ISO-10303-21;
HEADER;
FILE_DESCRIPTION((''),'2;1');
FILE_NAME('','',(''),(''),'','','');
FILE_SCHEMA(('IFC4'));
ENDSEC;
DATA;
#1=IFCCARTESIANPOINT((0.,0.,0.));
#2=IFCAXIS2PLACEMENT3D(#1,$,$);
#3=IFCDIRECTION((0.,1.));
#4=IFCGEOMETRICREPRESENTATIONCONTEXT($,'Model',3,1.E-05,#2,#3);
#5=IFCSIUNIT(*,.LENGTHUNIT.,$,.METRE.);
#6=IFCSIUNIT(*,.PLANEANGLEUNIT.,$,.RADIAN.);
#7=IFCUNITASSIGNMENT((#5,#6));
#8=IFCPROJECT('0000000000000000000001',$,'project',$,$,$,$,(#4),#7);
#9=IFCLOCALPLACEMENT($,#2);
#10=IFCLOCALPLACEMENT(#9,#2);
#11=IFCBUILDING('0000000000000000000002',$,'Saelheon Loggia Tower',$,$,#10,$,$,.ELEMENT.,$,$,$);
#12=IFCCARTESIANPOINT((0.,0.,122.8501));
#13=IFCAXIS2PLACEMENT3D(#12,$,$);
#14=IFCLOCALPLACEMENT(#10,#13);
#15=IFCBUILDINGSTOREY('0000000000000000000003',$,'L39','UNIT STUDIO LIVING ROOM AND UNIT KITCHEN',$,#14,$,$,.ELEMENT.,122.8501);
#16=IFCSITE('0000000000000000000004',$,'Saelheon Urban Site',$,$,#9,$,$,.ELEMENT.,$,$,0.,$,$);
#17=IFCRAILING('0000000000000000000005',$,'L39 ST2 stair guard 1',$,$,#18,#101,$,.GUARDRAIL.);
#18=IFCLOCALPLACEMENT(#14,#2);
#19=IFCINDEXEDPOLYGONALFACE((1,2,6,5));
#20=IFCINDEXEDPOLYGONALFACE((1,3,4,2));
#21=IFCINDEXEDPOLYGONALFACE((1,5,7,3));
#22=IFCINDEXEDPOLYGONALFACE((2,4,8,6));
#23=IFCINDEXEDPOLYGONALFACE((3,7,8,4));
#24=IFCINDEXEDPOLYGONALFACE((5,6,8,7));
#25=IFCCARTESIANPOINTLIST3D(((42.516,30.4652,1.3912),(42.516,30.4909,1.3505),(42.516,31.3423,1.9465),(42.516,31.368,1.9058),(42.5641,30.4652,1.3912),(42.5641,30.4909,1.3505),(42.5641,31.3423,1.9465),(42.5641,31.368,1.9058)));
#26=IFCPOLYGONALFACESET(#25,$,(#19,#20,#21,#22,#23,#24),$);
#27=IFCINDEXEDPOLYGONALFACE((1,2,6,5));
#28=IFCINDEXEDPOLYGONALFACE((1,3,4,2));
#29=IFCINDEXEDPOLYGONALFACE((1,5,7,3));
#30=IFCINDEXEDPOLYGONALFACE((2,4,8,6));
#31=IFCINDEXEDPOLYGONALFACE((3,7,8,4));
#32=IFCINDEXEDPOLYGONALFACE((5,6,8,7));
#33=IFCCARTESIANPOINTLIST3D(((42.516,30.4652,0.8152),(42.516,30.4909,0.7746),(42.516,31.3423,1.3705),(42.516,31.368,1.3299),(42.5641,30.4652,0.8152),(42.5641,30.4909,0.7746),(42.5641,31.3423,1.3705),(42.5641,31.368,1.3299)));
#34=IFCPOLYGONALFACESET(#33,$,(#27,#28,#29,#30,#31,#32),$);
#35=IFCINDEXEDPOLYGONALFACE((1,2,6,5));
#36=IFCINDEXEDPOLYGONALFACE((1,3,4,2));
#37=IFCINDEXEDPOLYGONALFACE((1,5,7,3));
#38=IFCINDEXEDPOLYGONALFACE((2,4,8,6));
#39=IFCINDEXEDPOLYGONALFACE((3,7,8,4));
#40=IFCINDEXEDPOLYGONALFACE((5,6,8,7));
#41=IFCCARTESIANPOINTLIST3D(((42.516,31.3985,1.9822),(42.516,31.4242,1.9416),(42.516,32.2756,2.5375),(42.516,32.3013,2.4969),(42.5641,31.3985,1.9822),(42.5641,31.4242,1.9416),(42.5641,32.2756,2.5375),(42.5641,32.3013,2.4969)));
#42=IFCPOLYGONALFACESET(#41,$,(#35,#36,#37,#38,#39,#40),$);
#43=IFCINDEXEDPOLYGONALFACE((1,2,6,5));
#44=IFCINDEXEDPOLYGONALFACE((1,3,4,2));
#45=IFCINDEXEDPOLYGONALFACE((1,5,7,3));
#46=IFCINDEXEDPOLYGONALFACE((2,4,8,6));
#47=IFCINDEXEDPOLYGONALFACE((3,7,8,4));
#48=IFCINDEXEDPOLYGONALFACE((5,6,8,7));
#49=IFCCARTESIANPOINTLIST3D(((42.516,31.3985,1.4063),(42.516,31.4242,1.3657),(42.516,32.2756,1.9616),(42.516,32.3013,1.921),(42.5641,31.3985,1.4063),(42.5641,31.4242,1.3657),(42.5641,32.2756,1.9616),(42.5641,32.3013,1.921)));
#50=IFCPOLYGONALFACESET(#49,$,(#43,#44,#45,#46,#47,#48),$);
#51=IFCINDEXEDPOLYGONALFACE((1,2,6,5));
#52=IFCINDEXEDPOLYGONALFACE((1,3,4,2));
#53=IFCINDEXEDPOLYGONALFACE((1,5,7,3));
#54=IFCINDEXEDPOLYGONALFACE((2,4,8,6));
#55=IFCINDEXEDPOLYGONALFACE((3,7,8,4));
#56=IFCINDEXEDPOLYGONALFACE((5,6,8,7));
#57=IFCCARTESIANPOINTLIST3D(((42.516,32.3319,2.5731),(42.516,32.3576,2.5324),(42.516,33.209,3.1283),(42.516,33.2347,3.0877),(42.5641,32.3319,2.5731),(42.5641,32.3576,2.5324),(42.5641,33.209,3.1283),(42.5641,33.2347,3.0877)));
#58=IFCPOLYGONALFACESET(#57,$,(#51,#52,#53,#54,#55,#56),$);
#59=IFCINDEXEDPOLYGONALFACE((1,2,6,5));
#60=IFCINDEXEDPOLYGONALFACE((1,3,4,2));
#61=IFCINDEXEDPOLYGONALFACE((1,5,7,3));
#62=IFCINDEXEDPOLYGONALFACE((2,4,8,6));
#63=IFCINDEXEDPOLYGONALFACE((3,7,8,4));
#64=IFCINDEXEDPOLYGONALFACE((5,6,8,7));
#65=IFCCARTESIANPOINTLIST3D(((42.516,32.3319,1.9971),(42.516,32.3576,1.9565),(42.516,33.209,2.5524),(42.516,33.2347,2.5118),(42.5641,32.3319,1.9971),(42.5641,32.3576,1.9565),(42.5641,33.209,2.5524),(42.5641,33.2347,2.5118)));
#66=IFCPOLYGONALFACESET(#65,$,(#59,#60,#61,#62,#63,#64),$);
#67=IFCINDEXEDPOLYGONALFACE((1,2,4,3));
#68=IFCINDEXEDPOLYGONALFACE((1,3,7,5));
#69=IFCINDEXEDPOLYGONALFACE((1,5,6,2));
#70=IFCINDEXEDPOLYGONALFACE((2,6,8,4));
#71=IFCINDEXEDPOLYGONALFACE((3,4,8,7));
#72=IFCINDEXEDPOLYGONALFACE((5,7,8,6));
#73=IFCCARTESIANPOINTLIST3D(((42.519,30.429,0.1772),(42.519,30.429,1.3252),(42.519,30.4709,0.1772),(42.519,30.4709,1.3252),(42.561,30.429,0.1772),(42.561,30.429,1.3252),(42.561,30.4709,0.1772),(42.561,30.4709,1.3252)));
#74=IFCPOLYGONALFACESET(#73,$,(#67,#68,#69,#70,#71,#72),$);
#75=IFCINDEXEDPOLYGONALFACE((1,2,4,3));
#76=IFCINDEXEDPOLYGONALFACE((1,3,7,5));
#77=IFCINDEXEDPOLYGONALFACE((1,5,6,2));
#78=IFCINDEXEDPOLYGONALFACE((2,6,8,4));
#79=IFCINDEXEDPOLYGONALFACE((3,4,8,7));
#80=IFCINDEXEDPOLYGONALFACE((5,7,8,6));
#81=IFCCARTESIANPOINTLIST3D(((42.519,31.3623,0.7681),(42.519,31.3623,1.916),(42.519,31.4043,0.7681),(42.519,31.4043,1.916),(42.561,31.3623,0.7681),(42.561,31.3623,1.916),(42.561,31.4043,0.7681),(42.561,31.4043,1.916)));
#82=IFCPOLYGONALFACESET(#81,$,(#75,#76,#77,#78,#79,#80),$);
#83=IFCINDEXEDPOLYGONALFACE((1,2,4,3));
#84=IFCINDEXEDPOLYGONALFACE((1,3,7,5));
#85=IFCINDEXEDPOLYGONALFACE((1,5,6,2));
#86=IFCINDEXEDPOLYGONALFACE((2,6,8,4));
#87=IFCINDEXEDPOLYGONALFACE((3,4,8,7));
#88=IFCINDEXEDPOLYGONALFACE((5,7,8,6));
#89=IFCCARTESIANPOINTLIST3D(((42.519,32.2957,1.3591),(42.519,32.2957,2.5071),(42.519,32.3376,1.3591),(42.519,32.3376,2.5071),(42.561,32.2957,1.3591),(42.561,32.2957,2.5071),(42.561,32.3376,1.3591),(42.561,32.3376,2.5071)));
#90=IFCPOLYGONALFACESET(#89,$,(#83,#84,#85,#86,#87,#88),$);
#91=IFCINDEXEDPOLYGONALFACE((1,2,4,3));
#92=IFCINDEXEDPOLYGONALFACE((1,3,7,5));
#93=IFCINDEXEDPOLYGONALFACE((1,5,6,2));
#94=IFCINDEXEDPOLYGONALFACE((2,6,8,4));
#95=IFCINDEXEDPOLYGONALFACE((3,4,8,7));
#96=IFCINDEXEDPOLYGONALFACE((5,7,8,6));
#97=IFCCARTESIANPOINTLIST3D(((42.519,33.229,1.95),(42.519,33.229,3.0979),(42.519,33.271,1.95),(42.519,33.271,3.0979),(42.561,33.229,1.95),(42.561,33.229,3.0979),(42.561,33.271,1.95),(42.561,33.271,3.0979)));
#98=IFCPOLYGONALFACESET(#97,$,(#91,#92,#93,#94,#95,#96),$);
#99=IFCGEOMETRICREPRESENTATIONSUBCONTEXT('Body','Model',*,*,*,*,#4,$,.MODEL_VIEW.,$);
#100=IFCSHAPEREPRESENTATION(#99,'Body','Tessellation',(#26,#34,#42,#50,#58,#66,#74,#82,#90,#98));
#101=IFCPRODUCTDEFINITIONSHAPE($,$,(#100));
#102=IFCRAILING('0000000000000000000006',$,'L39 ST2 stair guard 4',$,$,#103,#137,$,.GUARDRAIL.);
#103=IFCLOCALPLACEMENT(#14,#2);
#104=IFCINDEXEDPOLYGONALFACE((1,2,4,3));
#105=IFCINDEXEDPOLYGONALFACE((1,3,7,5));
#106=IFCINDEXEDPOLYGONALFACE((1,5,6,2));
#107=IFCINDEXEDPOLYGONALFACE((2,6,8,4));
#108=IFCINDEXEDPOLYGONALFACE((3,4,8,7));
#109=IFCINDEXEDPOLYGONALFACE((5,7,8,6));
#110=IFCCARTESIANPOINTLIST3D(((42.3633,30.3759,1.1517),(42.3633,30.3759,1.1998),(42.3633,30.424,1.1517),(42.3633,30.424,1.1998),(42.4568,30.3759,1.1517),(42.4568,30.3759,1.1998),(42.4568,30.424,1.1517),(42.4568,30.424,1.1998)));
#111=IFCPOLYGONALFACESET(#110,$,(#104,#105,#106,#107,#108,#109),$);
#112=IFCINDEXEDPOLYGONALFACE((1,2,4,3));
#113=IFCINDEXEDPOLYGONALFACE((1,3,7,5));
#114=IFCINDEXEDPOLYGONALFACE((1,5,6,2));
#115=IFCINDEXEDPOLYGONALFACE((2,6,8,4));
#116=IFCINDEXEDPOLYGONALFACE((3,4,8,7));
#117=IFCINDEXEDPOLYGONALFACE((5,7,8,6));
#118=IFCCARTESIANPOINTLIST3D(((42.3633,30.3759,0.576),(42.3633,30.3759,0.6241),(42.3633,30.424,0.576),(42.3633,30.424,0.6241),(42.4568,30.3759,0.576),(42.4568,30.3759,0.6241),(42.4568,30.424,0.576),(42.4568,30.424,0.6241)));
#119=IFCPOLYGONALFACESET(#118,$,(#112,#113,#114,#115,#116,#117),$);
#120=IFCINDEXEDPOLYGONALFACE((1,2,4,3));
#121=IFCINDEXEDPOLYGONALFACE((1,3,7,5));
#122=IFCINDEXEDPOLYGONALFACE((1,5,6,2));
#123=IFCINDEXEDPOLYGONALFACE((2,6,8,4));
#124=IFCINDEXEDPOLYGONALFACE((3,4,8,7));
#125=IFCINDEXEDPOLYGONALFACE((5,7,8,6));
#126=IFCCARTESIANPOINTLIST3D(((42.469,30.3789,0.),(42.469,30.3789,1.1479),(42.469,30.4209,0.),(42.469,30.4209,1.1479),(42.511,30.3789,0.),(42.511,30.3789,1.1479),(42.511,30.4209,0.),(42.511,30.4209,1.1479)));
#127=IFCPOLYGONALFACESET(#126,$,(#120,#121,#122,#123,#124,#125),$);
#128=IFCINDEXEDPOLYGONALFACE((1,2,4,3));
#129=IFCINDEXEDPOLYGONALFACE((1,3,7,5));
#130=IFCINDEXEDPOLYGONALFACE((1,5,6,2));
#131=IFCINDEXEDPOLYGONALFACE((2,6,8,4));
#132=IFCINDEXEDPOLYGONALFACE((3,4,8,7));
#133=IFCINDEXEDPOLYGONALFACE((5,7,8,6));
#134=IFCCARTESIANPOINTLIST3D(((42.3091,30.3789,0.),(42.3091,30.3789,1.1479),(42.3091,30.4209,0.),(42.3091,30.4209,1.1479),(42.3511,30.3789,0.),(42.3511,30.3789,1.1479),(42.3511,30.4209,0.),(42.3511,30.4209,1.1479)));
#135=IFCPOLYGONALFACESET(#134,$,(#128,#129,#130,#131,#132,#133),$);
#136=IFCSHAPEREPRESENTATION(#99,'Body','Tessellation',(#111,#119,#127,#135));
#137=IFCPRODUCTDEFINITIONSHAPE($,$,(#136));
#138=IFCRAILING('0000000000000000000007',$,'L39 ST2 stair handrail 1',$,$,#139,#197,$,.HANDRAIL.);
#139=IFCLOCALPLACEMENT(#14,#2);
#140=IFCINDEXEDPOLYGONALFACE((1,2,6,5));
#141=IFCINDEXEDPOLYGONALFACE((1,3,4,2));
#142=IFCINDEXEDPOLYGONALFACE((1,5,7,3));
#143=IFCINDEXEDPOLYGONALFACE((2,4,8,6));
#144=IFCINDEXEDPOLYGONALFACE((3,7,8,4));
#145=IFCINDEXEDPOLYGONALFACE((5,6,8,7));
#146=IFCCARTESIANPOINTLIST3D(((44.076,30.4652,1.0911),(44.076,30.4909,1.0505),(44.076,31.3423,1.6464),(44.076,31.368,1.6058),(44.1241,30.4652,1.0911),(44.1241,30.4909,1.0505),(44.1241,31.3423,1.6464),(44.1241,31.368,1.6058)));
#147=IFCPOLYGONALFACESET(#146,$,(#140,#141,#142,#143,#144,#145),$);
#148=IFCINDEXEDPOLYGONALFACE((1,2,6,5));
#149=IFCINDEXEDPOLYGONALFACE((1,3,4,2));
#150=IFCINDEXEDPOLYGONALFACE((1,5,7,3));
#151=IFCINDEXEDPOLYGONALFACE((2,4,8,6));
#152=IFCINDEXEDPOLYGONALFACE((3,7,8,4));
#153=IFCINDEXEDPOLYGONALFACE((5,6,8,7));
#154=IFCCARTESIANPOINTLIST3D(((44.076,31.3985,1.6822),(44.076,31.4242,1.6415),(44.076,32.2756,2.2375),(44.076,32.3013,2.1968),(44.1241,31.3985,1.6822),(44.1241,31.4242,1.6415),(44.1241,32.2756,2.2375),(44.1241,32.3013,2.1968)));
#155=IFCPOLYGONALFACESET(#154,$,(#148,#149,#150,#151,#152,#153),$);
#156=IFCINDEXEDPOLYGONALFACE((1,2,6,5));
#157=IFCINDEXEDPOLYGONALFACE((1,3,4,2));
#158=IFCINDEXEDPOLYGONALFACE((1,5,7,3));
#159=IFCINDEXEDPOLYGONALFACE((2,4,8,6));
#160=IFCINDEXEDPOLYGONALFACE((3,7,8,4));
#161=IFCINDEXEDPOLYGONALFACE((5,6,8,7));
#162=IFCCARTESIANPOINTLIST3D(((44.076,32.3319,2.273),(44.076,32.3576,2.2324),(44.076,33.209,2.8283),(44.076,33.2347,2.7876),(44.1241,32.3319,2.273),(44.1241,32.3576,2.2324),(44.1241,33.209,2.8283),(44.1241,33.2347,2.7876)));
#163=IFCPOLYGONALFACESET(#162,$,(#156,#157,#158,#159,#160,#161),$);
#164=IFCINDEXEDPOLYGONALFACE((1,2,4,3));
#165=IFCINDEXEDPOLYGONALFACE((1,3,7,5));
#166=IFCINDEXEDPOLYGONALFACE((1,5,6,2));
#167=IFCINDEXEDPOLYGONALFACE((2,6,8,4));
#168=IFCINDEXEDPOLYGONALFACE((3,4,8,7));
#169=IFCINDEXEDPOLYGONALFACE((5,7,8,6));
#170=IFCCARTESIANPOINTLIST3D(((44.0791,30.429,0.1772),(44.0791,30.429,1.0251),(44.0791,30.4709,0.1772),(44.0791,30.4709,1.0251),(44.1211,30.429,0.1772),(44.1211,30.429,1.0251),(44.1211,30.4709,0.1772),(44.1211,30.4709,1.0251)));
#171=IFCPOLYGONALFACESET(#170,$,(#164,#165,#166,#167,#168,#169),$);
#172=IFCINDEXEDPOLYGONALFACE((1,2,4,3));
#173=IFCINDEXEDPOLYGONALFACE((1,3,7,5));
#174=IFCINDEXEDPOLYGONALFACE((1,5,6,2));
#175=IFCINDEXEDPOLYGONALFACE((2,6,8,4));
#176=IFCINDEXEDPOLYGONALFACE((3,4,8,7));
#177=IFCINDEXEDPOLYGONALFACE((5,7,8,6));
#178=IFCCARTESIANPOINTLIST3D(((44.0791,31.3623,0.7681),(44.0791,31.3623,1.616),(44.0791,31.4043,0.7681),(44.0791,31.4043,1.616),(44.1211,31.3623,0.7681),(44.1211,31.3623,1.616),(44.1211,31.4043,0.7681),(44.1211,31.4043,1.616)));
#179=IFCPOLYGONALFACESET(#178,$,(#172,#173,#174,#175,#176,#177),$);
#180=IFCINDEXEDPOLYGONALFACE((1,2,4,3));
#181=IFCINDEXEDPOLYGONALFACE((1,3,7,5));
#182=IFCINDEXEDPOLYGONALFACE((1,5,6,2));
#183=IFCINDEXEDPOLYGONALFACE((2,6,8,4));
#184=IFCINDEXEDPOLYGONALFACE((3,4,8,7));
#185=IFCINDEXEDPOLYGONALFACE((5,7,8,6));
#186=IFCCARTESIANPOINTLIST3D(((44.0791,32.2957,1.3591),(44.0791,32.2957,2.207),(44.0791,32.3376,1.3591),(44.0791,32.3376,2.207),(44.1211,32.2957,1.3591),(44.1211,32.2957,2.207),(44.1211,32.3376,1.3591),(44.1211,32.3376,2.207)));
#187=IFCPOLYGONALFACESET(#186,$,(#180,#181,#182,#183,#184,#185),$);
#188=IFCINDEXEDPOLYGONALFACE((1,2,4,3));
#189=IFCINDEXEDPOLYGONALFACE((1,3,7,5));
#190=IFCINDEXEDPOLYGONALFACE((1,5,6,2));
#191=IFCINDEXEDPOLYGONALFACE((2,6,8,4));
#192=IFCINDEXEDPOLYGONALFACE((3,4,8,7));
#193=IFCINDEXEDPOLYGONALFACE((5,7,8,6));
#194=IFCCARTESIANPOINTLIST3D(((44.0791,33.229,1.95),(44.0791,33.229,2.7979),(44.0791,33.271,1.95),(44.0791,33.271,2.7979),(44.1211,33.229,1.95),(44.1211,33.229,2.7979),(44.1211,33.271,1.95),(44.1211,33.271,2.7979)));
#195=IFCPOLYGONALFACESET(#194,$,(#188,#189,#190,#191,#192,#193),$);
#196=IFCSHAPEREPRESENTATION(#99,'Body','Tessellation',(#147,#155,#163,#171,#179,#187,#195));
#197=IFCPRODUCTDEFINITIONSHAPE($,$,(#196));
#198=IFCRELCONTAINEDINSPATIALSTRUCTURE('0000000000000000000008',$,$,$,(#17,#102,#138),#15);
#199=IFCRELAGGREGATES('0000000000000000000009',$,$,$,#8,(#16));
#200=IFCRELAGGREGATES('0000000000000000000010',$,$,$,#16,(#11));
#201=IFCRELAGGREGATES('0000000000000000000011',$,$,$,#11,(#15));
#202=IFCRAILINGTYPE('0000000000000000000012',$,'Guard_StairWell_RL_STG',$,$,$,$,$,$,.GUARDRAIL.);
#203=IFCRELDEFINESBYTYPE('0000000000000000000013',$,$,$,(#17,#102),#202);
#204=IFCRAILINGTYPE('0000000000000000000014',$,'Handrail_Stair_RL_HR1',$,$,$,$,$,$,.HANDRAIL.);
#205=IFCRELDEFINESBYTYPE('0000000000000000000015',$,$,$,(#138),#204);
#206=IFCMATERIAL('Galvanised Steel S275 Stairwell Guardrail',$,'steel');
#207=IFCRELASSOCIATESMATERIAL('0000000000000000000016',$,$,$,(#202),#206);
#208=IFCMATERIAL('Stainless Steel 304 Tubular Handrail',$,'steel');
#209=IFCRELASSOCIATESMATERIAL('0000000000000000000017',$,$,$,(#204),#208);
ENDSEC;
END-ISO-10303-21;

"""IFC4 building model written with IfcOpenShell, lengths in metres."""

from ifc_helpers import new_model, si_unit, direction, frame, origin, origin_2d, place, context, subcontext, project, spatial, rectangle, extrude, material, type_object, element, save


model = new_model("IFC4")

# Units and contexts
model_context = context("Model", 3, precision=1e-05, world=origin(), true_north=direction((0.0, 1.0)))
body_context = subcontext(model_context, "Body", "Model", "MODEL_VIEW")
ifc_project = project(units=[si_unit("LENGTHUNIT", "METRE"), si_unit("PLANEANGLEUNIT", "RADIAN")], contexts=[model_context])

# Site, building, storey
site_placement = place(None, origin())
site = spatial("IfcSite", under=ifc_project, at=site_placement, Name="Saelheon Urban Site", CompositionType="ELEMENT", RefElevation=0.0)
building_placement = place(site_placement, origin())
building = spatial("IfcBuilding", under=site, at=building_placement, Name="Saelheon Loggia Tower", CompositionType="ELEMENT")
storey_placement = place(building_placement, frame((0.0, 0.0, 122.8501)))
storey = spatial("IfcBuildingStorey", under=building, at=storey_placement, Name="L39", Description="UNIT STUDIO LIVING ROOM AND UNIT KITCHEN", CompositionType="ELEMENT", Elevation=122.8501)

# Railings
ifc_material_1 = material(Name="Galvanised Steel S275 Stairwell Guardrail", Category="steel")
railing_type_1 = type_object("IfcRailingType", Name="Guard_StairWell_RL_STG", PredefinedType="GUARDRAIL", material=ifc_material_1)
railing_1_placement = place(storey_placement, frame((42.54, 30.45, 0.1772)))
element("IfcRailing", 1, at=railing_1_placement, inside=storey, type_object=railing_type_1, Name="L39 ST2 stair guard 1", PredefinedType="GUARDRAIL", context=body_context, shape_type="SweptSolid", body=[
    extrude(rectangle(XDim=0.0481, YDim=0.0481, at=origin_2d()), frame((0.0, 0.0281, 1.1936), z_axis=(0.0, 0.844909, 0.53491), x_axis=(-1.0, 0.0, 0.0)), (0.0, 0.0, 1.0), 1.0381),
    extrude(rectangle(XDim=0.0481, YDim=0.0481, at=origin_2d()), frame((0.0, 0.0281, 0.6177), z_axis=(0.0, 0.844909, 0.53491), x_axis=(-1.0, 0.0, 0.0)), (0.0, 0.0, 1.0), 1.0381),
    extrude(rectangle(XDim=0.0481, YDim=0.0481, at=origin_2d()), frame((0.0, 0.9614, 1.7847), z_axis=(0.0, 0.844909, 0.53491), x_axis=(-1.0, 0.0, 0.0)), (0.0, 0.0, 1.0), 1.0381),
    extrude(rectangle(XDim=0.0481, YDim=0.0481, at=origin_2d()), frame((0.0, 0.9614, 1.2087), z_axis=(0.0, 0.844909, 0.53491), x_axis=(-1.0, 0.0, 0.0)), (0.0, 0.0, 1.0), 1.0381),
    extrude(rectangle(XDim=0.0481, YDim=0.0481, at=origin_2d()), frame((0.0, 1.8948, 2.3755), z_axis=(0.0, 0.844909, 0.53491), x_axis=(-1.0, 0.0, 0.0)), (0.0, 0.0, 1.0), 1.0381),
    extrude(rectangle(XDim=0.0481, YDim=0.0481, at=origin_2d()), frame((0.0, 1.8948, 1.7996), z_axis=(0.0, 0.844909, 0.53491), x_axis=(-1.0, 0.0, 0.0)), (0.0, 0.0, 1.0), 1.0381),
    extrude(rectangle(XDim=0.042, YDim=0.042, at=origin_2d()), origin(), (0.0, 0.0, 1.0), 1.1479),
    extrude(rectangle(XDim=0.042, YDim=0.042, at=origin_2d()), frame((0.0, 0.9333, 0.5908)), (0.0, 0.0, 1.0), 1.1479),
    extrude(rectangle(XDim=0.042, YDim=0.042, at=origin_2d()), frame((0.0, 1.8667, 1.1819)), (0.0, 0.0, 1.0), 1.1479),
    extrude(rectangle(XDim=0.042, YDim=0.042, at=origin_2d()), frame((0.0, 2.8, 1.7727)), (0.0, 0.0, 1.0), 1.1479),
])
railing_2_placement = place(storey_placement, frame((42.49, 30.3999, 0.0)))
element("IfcRailing", 2, at=railing_2_placement, inside=storey, type_object=railing_type_1, Name="L39 ST2 stair guard 4", PredefinedType="GUARDRAIL", context=body_context, shape_type="SweptSolid", body=[
    extrude(rectangle(XDim=0.0481, YDim=0.0481, at=origin_2d()), frame((-0.0332, 0.0, 1.1758), z_axis=(-1.0, 0.0, 0.0), x_axis=(0.0, -1.0, 0.0)), (0.0, 0.0, 1.0), 0.0935),
    extrude(rectangle(XDim=0.0481, YDim=0.0481, at=origin_2d()), frame((-0.0332, 0.0, 0.6001), z_axis=(-1.0, 0.0, 0.0), x_axis=(0.0, -1.0, 0.0)), (0.0, 0.0, 1.0), 0.0935),
    extrude(rectangle(XDim=0.042, YDim=0.042, at=origin_2d()), origin(), (0.0, 0.0, 1.0), 1.1479),
    extrude(rectangle(XDim=0.042, YDim=0.042, at=origin_2d()), frame((-0.1599, 0.0, 0.0)), (0.0, 0.0, 1.0), 1.1479),
])
ifc_material_2 = material(Name="Stainless Steel 304 Tubular Handrail", Category="steel")
railing_type_2 = type_object("IfcRailingType", Name="Handrail_Stair_RL_HR1", PredefinedType="HANDRAIL", material=ifc_material_2)
railing_3_placement = place(storey_placement, frame((44.1001, 30.45, 0.1772)))
element("IfcRailing", 3, at=railing_3_placement, inside=storey, type_object=railing_type_2, Name="L39 ST2 stair handrail 1", PredefinedType="HANDRAIL", context=body_context, shape_type="SweptSolid", body=[
    extrude(rectangle(XDim=0.0481, YDim=0.0481, at=origin_2d()), frame((0.0, 0.0281, 0.8936), z_axis=(0.0, 0.844909, 0.53491), x_axis=(-1.0, 0.0, 0.0)), (0.0, 0.0, 1.0), 1.0381),
    extrude(rectangle(XDim=0.0481, YDim=0.0481, at=origin_2d()), frame((0.0, 0.9614, 1.4846), z_axis=(0.0, 0.844909, 0.53491), x_axis=(-1.0, 0.0, 0.0)), (0.0, 0.0, 1.0), 1.0381),
    extrude(rectangle(XDim=0.0481, YDim=0.0481, at=origin_2d()), frame((0.0, 1.8948, 2.0754), z_axis=(0.0, 0.844909, 0.53491), x_axis=(-1.0, 0.0, 0.0)), (0.0, 0.0, 1.0), 1.0381),
    extrude(rectangle(XDim=0.042, YDim=0.042, at=origin_2d()), origin(), (0.0, 0.0, 1.0), 0.8479),
    extrude(rectangle(XDim=0.042, YDim=0.042, at=origin_2d()), frame((0.0, 0.9333, 0.5908)), (0.0, 0.0, 1.0), 0.8479),
    extrude(rectangle(XDim=0.042, YDim=0.042, at=origin_2d()), frame((0.0, 1.8667, 1.1819)), (0.0, 0.0, 1.0), 0.8479),
    extrude(rectangle(XDim=0.042, YDim=0.042, at=origin_2d()), frame((0.0, 2.8, 1.7727)), (0.0, 0.0, 1.0), 0.8479),
])

save(model, "model.ifc")
